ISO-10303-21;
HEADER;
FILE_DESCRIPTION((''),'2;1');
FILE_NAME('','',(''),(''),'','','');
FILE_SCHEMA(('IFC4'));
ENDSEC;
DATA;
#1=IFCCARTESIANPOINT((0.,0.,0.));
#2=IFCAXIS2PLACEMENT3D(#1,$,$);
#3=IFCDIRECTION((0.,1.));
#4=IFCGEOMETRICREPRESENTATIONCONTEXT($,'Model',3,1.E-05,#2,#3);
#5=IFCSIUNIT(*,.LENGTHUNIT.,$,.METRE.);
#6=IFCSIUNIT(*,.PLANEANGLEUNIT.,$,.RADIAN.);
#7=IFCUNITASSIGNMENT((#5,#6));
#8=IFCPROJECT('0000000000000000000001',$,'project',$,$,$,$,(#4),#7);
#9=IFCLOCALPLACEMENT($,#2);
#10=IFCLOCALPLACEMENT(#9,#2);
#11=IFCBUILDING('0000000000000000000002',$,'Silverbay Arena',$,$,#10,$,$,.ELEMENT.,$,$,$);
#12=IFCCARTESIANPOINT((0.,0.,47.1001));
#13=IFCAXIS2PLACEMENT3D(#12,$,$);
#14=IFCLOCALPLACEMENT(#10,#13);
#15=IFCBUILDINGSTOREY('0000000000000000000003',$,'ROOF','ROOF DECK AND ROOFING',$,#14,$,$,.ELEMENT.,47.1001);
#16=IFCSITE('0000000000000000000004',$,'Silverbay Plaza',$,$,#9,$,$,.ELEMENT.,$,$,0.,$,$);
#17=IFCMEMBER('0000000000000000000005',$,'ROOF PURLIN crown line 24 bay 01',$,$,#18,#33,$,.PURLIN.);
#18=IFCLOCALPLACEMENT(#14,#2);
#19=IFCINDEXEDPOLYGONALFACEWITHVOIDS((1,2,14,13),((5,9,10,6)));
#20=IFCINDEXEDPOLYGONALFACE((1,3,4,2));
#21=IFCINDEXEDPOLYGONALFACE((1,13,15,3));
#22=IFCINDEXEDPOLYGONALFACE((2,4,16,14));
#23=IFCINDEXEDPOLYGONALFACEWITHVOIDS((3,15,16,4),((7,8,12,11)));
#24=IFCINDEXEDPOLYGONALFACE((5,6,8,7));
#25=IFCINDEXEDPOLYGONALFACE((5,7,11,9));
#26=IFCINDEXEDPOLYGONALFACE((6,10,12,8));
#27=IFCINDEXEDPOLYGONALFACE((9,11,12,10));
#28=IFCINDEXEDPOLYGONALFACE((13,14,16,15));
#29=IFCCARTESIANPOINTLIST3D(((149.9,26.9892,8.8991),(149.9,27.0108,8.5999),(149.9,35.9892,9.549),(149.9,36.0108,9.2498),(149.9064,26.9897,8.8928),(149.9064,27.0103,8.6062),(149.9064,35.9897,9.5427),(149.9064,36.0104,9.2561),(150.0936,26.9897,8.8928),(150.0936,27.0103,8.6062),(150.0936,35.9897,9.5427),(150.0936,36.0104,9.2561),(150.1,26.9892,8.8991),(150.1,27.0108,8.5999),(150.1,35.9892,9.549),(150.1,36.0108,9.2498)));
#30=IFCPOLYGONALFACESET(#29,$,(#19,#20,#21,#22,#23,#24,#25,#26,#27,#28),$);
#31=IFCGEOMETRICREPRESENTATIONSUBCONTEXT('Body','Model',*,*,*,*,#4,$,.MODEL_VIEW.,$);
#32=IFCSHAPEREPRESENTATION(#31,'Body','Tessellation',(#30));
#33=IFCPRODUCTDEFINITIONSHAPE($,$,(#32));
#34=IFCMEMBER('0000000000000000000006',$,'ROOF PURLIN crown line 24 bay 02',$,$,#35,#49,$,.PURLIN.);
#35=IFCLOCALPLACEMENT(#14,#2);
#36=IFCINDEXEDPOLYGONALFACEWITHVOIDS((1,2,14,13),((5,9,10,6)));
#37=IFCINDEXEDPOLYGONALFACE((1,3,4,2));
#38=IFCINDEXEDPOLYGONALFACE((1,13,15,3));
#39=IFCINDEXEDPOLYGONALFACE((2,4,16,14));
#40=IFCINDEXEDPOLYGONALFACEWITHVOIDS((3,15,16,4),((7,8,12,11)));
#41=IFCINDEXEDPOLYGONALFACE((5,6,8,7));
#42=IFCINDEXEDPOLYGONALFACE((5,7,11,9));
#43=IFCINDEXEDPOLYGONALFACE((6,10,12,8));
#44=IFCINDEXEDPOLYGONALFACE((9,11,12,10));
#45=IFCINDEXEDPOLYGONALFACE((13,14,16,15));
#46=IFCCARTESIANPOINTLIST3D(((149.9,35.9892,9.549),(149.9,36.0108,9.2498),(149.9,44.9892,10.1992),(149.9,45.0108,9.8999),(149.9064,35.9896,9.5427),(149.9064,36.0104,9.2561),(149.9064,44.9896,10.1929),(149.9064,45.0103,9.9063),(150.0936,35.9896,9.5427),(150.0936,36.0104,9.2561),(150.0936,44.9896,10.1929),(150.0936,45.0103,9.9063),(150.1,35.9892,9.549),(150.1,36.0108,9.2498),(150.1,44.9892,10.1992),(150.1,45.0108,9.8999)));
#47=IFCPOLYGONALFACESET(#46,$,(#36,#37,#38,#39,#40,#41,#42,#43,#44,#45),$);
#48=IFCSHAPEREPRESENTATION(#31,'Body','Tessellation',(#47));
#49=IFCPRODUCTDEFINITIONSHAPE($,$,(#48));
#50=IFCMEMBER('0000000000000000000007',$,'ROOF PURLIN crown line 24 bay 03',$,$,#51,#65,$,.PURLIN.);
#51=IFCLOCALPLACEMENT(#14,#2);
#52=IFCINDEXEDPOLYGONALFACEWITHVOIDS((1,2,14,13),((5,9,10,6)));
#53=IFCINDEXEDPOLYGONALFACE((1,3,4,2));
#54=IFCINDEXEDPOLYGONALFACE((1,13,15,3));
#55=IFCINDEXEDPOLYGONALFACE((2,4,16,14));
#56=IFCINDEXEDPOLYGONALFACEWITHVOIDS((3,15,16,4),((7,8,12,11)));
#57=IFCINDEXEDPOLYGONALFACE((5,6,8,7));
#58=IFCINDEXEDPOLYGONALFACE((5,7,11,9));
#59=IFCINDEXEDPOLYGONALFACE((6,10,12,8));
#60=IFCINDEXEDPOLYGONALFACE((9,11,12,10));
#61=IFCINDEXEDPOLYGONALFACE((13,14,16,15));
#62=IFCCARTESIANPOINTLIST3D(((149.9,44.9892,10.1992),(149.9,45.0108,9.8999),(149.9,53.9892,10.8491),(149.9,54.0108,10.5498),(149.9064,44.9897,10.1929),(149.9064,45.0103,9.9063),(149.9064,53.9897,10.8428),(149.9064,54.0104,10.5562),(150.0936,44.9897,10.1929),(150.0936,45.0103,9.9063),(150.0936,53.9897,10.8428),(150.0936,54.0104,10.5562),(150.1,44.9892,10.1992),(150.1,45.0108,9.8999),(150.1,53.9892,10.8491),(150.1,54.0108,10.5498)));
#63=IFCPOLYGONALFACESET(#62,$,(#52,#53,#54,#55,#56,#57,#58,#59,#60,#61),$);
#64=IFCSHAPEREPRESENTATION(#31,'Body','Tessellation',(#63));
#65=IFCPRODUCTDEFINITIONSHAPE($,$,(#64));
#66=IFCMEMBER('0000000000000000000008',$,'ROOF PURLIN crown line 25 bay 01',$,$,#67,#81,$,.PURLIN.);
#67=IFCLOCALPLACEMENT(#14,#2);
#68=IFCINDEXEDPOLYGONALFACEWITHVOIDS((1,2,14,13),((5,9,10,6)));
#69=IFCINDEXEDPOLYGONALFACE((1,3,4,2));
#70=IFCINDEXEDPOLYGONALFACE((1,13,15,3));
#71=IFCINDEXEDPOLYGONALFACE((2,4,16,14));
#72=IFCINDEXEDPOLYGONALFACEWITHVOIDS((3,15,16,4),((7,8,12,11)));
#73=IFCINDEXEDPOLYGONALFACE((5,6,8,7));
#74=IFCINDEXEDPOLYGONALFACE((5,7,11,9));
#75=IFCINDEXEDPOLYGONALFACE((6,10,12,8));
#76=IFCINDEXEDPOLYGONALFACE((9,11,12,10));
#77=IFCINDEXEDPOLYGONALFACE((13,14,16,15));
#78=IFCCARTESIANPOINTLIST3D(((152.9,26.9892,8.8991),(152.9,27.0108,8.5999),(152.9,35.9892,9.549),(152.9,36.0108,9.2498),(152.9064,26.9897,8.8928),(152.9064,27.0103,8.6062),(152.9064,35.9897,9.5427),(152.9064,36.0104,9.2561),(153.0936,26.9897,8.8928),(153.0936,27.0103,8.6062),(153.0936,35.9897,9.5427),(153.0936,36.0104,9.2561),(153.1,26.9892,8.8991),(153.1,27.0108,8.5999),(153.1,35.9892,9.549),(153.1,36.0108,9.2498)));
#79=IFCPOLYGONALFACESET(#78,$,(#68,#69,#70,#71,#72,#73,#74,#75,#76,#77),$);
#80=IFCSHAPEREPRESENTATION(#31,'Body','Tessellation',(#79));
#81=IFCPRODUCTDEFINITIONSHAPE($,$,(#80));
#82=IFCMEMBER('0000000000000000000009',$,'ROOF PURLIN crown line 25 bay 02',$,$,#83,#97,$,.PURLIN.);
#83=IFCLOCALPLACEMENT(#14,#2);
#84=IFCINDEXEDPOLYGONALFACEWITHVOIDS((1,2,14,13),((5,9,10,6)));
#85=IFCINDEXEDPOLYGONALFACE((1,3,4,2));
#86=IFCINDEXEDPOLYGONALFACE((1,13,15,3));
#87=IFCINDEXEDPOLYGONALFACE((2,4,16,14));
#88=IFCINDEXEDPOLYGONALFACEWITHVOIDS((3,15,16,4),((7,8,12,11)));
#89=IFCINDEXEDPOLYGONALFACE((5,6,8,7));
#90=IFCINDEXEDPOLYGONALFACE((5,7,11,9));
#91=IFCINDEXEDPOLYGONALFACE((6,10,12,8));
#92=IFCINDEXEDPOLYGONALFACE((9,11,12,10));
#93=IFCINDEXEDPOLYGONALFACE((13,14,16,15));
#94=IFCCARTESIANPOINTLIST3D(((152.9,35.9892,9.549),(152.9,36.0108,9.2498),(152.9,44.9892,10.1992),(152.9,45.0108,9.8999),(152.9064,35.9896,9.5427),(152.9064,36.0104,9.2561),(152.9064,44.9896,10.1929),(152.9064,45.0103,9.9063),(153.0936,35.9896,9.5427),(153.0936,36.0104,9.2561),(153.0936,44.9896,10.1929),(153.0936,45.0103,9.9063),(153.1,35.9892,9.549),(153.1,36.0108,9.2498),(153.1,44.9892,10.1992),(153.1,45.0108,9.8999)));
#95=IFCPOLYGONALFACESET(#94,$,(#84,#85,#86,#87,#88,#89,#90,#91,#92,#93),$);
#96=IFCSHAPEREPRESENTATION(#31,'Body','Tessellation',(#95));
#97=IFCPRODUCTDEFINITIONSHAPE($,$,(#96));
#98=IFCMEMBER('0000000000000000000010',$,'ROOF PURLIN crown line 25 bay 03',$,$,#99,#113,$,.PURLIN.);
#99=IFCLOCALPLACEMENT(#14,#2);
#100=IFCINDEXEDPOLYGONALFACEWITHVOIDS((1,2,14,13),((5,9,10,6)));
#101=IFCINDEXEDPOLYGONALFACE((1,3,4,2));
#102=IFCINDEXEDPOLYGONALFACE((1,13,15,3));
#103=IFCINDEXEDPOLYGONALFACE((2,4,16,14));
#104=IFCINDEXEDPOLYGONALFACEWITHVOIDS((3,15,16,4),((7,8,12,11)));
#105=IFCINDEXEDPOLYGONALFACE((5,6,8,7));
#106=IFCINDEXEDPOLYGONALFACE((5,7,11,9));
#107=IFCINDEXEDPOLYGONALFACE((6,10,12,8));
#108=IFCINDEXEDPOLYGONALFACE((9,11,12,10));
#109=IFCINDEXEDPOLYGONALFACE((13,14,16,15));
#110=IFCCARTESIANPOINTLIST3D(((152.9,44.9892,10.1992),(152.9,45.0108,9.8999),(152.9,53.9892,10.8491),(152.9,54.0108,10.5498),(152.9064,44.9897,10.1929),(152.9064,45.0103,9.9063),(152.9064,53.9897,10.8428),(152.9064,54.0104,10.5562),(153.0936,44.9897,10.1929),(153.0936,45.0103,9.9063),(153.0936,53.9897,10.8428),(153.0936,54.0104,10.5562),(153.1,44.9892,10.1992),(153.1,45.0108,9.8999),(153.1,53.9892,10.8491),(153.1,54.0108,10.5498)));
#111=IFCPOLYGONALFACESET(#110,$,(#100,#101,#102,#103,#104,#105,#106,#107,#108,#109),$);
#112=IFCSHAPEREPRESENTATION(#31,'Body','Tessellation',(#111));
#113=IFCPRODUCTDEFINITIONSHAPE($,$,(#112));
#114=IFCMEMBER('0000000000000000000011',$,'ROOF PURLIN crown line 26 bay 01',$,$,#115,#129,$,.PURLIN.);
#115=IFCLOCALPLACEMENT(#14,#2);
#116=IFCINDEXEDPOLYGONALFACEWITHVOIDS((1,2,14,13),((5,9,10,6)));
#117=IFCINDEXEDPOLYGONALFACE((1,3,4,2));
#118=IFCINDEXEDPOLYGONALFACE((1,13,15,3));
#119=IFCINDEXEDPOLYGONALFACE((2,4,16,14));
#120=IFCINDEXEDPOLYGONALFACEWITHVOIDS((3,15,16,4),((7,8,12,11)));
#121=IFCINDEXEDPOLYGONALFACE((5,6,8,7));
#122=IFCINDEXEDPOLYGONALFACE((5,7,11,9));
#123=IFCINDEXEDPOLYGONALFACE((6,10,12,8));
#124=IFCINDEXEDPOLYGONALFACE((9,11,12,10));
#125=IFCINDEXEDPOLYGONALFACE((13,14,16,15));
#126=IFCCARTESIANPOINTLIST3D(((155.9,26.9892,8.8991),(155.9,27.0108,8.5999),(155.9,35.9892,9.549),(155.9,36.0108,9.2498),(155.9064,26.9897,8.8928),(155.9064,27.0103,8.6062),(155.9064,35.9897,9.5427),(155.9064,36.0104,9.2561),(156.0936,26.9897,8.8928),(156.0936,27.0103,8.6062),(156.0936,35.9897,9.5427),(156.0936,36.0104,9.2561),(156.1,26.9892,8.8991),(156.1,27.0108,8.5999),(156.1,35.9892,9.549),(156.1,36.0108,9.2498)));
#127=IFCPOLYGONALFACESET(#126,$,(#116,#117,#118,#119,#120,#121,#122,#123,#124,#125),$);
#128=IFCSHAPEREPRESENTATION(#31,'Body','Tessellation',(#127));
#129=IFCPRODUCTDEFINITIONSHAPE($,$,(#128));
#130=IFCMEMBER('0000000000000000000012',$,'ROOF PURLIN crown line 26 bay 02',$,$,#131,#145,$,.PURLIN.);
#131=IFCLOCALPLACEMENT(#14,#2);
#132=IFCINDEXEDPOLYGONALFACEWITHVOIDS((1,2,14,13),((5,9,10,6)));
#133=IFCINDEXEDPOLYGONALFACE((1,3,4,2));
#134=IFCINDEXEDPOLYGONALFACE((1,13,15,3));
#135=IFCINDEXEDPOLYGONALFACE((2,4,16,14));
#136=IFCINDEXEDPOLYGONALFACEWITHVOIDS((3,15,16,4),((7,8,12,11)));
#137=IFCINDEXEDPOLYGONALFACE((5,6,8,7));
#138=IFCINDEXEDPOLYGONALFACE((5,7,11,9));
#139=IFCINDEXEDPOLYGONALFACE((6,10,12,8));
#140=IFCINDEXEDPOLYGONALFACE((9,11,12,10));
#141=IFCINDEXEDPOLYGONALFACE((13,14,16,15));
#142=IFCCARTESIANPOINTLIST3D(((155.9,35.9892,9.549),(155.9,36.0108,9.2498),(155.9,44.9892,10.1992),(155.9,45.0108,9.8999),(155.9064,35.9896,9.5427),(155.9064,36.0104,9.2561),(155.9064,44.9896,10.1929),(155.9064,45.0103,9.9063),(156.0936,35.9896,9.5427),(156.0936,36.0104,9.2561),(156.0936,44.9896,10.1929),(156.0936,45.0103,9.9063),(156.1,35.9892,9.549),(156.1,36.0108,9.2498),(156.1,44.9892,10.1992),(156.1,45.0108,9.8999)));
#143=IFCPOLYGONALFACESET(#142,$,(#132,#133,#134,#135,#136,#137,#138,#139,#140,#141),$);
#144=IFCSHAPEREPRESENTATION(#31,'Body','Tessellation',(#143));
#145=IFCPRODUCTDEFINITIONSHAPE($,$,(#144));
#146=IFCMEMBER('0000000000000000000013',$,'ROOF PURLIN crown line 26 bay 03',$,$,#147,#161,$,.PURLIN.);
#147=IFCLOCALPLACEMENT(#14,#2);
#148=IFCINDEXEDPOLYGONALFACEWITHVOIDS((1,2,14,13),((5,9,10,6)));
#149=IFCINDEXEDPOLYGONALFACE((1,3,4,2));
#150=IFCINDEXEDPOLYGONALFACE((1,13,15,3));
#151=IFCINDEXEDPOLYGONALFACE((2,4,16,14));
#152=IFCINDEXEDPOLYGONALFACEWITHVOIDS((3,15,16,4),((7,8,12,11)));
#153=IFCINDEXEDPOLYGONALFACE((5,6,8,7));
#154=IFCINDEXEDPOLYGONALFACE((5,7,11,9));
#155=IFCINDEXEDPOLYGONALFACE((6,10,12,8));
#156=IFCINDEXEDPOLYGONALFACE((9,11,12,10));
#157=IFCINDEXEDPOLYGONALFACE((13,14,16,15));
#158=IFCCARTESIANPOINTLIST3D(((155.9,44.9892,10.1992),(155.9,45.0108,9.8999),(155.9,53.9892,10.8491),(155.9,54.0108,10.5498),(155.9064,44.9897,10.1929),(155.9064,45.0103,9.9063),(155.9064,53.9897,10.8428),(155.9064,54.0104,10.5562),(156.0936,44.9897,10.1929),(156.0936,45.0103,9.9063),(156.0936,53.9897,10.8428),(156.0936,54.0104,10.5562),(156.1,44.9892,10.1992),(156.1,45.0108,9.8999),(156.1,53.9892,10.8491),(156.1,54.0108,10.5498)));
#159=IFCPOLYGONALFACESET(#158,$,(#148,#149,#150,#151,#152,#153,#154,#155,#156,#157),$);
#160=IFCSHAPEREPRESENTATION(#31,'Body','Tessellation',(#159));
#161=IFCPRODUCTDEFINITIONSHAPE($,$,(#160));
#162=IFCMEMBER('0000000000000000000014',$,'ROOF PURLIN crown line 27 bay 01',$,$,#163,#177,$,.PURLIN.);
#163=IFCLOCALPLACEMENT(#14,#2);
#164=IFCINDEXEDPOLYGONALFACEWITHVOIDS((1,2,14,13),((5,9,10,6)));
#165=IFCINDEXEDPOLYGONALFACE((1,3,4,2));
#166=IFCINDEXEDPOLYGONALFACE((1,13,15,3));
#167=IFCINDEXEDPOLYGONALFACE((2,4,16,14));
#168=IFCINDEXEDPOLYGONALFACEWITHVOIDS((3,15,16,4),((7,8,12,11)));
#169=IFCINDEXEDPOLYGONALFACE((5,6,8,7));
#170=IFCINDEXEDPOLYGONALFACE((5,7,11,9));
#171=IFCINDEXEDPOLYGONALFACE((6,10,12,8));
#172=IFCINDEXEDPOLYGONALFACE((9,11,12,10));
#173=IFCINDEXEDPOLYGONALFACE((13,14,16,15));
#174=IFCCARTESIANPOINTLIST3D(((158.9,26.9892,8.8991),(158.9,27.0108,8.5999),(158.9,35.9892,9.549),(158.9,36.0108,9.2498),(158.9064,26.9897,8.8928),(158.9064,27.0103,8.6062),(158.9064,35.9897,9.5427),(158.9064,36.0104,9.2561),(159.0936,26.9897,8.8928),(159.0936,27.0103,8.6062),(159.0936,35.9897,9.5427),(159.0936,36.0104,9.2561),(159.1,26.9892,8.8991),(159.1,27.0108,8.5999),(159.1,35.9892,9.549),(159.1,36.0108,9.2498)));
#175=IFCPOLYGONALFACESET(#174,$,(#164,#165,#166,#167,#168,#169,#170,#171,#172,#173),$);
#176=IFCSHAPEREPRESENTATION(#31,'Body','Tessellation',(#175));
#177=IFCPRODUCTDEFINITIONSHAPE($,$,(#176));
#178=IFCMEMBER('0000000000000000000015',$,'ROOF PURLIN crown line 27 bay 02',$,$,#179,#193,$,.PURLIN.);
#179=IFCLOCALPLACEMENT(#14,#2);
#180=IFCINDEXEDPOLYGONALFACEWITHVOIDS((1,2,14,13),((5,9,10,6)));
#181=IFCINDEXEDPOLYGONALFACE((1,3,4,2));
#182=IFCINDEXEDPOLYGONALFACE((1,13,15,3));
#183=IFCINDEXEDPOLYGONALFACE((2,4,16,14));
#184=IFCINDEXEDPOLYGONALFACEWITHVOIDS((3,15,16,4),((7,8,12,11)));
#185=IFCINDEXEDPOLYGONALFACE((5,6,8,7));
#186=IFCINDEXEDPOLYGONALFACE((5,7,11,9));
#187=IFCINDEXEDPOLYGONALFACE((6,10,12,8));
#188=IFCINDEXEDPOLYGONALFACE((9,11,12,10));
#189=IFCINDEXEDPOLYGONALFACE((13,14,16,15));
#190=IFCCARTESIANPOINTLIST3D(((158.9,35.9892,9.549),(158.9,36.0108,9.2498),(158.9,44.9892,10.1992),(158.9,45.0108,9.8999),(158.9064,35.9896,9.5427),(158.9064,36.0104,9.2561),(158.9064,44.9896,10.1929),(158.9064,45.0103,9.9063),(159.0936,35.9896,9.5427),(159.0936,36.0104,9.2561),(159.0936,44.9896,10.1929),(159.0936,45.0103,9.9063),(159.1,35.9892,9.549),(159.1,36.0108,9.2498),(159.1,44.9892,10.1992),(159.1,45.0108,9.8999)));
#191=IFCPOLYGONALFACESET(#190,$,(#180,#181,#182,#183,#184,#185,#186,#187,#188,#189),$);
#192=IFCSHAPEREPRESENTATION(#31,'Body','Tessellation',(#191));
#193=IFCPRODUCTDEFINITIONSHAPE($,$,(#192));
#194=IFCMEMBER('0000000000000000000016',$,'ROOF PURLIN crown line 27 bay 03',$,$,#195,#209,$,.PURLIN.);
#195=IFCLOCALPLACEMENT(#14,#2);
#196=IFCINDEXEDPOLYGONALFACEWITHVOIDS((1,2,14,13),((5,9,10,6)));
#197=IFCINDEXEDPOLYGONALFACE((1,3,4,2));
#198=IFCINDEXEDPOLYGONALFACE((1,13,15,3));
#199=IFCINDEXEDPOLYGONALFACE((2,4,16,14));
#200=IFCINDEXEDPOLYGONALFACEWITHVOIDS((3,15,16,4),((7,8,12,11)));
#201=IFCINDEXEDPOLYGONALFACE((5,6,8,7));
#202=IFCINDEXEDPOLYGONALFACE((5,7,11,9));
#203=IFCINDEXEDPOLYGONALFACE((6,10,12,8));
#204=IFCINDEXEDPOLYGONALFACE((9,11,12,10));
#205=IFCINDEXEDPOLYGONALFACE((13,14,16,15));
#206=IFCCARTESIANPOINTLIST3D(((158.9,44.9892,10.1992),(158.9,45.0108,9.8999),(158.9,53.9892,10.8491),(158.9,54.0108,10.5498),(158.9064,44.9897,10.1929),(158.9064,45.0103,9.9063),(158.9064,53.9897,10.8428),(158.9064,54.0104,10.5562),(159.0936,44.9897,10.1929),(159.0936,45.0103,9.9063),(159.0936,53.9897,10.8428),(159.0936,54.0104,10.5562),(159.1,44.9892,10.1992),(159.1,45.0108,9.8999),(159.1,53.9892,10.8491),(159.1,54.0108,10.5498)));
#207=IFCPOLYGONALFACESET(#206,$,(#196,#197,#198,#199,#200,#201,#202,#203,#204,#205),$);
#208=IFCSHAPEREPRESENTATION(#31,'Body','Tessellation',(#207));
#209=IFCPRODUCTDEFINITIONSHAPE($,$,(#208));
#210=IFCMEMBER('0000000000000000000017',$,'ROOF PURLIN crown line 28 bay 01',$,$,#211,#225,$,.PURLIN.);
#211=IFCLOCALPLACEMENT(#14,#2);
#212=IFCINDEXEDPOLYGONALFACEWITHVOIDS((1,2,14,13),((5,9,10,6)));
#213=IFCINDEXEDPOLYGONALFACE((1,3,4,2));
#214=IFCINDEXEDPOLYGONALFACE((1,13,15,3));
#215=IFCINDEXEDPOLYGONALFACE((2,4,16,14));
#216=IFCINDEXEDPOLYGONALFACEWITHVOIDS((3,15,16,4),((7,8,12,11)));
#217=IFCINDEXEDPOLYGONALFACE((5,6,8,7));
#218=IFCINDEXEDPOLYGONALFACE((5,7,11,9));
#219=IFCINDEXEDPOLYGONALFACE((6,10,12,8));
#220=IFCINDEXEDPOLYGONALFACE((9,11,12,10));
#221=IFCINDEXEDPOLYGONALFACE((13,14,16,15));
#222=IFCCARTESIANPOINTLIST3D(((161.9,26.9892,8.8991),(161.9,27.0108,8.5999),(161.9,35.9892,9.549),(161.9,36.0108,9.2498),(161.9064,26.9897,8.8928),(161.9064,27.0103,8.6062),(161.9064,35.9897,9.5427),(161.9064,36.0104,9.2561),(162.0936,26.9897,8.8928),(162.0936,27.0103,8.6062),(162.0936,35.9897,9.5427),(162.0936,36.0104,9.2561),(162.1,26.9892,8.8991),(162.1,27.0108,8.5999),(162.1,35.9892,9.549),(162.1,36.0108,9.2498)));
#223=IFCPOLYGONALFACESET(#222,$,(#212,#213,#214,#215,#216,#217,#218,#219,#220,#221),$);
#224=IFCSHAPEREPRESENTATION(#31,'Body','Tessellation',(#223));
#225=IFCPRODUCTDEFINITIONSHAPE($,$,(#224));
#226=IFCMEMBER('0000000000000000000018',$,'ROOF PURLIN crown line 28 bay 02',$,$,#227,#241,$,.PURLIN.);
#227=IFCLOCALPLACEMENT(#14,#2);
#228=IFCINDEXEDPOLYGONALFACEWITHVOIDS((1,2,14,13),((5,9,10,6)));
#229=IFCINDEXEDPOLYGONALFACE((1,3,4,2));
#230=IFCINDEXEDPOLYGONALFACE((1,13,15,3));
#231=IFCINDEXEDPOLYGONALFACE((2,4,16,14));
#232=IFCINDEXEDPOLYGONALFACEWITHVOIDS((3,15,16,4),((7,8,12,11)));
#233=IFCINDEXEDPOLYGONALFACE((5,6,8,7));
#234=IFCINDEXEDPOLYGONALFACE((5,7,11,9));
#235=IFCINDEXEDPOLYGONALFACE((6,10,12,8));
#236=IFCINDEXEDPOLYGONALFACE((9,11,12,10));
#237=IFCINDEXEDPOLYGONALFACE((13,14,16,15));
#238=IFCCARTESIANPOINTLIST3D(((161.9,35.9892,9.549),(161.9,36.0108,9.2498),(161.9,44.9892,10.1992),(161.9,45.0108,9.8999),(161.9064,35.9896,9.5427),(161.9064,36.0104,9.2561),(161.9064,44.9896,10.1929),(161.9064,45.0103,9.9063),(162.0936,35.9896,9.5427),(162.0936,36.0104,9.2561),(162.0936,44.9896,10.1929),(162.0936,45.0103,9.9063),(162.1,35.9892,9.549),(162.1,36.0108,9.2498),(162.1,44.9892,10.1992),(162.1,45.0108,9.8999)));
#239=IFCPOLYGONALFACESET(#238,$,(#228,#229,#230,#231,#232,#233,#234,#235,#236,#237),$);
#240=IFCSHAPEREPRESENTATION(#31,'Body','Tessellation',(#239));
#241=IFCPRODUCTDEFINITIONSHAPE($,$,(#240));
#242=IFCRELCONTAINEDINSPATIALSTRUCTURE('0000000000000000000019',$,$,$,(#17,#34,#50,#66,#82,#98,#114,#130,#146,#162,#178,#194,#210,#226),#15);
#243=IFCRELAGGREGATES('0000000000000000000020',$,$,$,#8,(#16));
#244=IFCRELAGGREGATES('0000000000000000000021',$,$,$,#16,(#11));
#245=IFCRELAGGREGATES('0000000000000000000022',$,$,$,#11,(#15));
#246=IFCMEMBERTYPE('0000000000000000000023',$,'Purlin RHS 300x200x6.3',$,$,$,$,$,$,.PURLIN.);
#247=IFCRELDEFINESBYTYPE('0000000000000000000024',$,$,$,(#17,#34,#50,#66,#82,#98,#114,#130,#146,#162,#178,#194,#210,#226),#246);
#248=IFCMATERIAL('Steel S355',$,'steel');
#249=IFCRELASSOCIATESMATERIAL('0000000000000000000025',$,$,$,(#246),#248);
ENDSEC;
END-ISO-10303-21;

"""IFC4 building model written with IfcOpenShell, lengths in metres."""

from ifc_helpers import new_model, si_unit, direction, frame, origin, origin_2d, place, context, subcontext, project, spatial, hollow_rectangle, extrude, material, material_profile, profile_set, type_object, element, save


model = new_model("IFC4")

# Units and contexts
model_context = context("Model", 3, precision=1e-05, world=origin(), true_north=direction((0.0, 1.0)))
body_context = subcontext(model_context, "Body", "Model", "MODEL_VIEW")
ifc_project = project(units=[si_unit("LENGTHUNIT", "METRE"), si_unit("PLANEANGLEUNIT", "RADIAN")], contexts=[model_context])

# Site, building, storey
site_placement = place(None, origin())
site = spatial("IfcSite", under=ifc_project, at=site_placement, Name="Silverbay Plaza", CompositionType="ELEMENT", RefElevation=0.0)
building_placement = place(site_placement, origin())
building = spatial("IfcBuilding", under=site, at=building_placement, Name="Silverbay Arena", CompositionType="ELEMENT")
storey_placement = place(building_placement, frame((0.0, 0.0, 47.1001)))
storey = spatial("IfcBuildingStorey", under=building, at=storey_placement, Name="ROOF", Description="ROOF DECK AND ROOFING", CompositionType="ELEMENT", Elevation=47.1001)

# Members
ifc_material_1 = material(Name="Steel S355", Category="steel")
ifc_material_profile_1 = material_profile(ifc_material_1, hollow_rectangle(XDim=0.2, YDim=0.3, WallThickness=0.0063, at=origin_2d()), Name="RHS 300x200x6.3")
ifc_profile_set_1 = profile_set([ifc_material_profile_1], Name="Steel S355")
member_type_1 = type_object("IfcMemberType", Name="Purlin RHS 300x200x6.3", PredefinedType="PURLIN", material=ifc_profile_set_1)
for number, where, z_axis, x_axis, name in (
    (1, (150.0, 27.0, 8.7495), (0.0, 0.997403, 0.072024), (-1.0, 0.0, 0.0), "ROOF PURLIN crown line 24 bay 01"),
    (2, (150.0, 36.0, 9.3994), (0.0, 0.997401, 0.072051), (-1.0, 0.0, 0.0), "ROOF PURLIN crown line 24 bay 02"),
    (3, (150.0, 45.0, 10.0496), (0.0, 0.997403, 0.072024), (-1.0, 0.0, 0.0), "ROOF PURLIN crown line 24 bay 03"),
    (4, (153.0, 27.0, 8.7495), (0.0, 0.997403, 0.072024), (-1.0, 0.0, 0.0), "ROOF PURLIN crown line 25 bay 01"),
    (5, (153.0, 36.0, 9.3994), (0.0, 0.997401, 0.072051), (-1.0, 0.0, 0.0), "ROOF PURLIN crown line 25 bay 02"),
    (6, (153.0, 45.0, 10.0496), (0.0, 0.997403, 0.072024), (-1.0, 0.0, 0.0), "ROOF PURLIN crown line 25 bay 03"),
    (7, (156.0, 27.0, 8.7495), (0.0, 0.997403, 0.072024), (-1.0, 0.0, 0.0), "ROOF PURLIN crown line 26 bay 01"),
    (8, (156.0, 36.0, 9.3994), (0.0, 0.997401, 0.072051), (-1.0, 0.0, 0.0), "ROOF PURLIN crown line 26 bay 02"),
    (9, (156.0, 45.0, 10.0496), (0.0, 0.997403, 0.072024), (-1.0, 0.0, 0.0), "ROOF PURLIN crown line 26 bay 03"),
    (10, (159.0, 27.0, 8.7495), (0.0, 0.997403, 0.072024), (-1.0, 0.0, 0.0), "ROOF PURLIN crown line 27 bay 01"),
    (11, (159.0, 36.0, 9.3994), (0.0, 0.997401, 0.072051), (-1.0, 0.0, 0.0), "ROOF PURLIN crown line 27 bay 02"),
    (12, (159.0, 45.0, 10.0496), (0.0, 0.997403, 0.072024), (-1.0, 0.0, 0.0), "ROOF PURLIN crown line 27 bay 03"),
    (13, (162.0, 27.0, 8.7495), (0.0, 0.997403, 0.072024), (-1.0, 0.0, 0.0), "ROOF PURLIN crown line 28 bay 01"),
    (14, (162.0, 36.0, 9.3994), (0.0, 0.997401, 0.072051), (-1.0, 0.0, 0.0), "ROOF PURLIN crown line 28 bay 02"),
):
    element("IfcMember", number, at=place(storey_placement, frame(where, z_axis=z_axis, x_axis=x_axis)), inside=storey, type_object=member_type_1, Name=name, PredefinedType="PURLIN", context=body_context, shape_type="SweptSolid", body=[
        extrude(hollow_rectangle(XDim=0.2, YDim=0.3, WallThickness=0.0063, at=origin_2d()), origin(), (0.0, 0.0, 1.0), 9.0234),
    ])

save(model, "model.ifc")
